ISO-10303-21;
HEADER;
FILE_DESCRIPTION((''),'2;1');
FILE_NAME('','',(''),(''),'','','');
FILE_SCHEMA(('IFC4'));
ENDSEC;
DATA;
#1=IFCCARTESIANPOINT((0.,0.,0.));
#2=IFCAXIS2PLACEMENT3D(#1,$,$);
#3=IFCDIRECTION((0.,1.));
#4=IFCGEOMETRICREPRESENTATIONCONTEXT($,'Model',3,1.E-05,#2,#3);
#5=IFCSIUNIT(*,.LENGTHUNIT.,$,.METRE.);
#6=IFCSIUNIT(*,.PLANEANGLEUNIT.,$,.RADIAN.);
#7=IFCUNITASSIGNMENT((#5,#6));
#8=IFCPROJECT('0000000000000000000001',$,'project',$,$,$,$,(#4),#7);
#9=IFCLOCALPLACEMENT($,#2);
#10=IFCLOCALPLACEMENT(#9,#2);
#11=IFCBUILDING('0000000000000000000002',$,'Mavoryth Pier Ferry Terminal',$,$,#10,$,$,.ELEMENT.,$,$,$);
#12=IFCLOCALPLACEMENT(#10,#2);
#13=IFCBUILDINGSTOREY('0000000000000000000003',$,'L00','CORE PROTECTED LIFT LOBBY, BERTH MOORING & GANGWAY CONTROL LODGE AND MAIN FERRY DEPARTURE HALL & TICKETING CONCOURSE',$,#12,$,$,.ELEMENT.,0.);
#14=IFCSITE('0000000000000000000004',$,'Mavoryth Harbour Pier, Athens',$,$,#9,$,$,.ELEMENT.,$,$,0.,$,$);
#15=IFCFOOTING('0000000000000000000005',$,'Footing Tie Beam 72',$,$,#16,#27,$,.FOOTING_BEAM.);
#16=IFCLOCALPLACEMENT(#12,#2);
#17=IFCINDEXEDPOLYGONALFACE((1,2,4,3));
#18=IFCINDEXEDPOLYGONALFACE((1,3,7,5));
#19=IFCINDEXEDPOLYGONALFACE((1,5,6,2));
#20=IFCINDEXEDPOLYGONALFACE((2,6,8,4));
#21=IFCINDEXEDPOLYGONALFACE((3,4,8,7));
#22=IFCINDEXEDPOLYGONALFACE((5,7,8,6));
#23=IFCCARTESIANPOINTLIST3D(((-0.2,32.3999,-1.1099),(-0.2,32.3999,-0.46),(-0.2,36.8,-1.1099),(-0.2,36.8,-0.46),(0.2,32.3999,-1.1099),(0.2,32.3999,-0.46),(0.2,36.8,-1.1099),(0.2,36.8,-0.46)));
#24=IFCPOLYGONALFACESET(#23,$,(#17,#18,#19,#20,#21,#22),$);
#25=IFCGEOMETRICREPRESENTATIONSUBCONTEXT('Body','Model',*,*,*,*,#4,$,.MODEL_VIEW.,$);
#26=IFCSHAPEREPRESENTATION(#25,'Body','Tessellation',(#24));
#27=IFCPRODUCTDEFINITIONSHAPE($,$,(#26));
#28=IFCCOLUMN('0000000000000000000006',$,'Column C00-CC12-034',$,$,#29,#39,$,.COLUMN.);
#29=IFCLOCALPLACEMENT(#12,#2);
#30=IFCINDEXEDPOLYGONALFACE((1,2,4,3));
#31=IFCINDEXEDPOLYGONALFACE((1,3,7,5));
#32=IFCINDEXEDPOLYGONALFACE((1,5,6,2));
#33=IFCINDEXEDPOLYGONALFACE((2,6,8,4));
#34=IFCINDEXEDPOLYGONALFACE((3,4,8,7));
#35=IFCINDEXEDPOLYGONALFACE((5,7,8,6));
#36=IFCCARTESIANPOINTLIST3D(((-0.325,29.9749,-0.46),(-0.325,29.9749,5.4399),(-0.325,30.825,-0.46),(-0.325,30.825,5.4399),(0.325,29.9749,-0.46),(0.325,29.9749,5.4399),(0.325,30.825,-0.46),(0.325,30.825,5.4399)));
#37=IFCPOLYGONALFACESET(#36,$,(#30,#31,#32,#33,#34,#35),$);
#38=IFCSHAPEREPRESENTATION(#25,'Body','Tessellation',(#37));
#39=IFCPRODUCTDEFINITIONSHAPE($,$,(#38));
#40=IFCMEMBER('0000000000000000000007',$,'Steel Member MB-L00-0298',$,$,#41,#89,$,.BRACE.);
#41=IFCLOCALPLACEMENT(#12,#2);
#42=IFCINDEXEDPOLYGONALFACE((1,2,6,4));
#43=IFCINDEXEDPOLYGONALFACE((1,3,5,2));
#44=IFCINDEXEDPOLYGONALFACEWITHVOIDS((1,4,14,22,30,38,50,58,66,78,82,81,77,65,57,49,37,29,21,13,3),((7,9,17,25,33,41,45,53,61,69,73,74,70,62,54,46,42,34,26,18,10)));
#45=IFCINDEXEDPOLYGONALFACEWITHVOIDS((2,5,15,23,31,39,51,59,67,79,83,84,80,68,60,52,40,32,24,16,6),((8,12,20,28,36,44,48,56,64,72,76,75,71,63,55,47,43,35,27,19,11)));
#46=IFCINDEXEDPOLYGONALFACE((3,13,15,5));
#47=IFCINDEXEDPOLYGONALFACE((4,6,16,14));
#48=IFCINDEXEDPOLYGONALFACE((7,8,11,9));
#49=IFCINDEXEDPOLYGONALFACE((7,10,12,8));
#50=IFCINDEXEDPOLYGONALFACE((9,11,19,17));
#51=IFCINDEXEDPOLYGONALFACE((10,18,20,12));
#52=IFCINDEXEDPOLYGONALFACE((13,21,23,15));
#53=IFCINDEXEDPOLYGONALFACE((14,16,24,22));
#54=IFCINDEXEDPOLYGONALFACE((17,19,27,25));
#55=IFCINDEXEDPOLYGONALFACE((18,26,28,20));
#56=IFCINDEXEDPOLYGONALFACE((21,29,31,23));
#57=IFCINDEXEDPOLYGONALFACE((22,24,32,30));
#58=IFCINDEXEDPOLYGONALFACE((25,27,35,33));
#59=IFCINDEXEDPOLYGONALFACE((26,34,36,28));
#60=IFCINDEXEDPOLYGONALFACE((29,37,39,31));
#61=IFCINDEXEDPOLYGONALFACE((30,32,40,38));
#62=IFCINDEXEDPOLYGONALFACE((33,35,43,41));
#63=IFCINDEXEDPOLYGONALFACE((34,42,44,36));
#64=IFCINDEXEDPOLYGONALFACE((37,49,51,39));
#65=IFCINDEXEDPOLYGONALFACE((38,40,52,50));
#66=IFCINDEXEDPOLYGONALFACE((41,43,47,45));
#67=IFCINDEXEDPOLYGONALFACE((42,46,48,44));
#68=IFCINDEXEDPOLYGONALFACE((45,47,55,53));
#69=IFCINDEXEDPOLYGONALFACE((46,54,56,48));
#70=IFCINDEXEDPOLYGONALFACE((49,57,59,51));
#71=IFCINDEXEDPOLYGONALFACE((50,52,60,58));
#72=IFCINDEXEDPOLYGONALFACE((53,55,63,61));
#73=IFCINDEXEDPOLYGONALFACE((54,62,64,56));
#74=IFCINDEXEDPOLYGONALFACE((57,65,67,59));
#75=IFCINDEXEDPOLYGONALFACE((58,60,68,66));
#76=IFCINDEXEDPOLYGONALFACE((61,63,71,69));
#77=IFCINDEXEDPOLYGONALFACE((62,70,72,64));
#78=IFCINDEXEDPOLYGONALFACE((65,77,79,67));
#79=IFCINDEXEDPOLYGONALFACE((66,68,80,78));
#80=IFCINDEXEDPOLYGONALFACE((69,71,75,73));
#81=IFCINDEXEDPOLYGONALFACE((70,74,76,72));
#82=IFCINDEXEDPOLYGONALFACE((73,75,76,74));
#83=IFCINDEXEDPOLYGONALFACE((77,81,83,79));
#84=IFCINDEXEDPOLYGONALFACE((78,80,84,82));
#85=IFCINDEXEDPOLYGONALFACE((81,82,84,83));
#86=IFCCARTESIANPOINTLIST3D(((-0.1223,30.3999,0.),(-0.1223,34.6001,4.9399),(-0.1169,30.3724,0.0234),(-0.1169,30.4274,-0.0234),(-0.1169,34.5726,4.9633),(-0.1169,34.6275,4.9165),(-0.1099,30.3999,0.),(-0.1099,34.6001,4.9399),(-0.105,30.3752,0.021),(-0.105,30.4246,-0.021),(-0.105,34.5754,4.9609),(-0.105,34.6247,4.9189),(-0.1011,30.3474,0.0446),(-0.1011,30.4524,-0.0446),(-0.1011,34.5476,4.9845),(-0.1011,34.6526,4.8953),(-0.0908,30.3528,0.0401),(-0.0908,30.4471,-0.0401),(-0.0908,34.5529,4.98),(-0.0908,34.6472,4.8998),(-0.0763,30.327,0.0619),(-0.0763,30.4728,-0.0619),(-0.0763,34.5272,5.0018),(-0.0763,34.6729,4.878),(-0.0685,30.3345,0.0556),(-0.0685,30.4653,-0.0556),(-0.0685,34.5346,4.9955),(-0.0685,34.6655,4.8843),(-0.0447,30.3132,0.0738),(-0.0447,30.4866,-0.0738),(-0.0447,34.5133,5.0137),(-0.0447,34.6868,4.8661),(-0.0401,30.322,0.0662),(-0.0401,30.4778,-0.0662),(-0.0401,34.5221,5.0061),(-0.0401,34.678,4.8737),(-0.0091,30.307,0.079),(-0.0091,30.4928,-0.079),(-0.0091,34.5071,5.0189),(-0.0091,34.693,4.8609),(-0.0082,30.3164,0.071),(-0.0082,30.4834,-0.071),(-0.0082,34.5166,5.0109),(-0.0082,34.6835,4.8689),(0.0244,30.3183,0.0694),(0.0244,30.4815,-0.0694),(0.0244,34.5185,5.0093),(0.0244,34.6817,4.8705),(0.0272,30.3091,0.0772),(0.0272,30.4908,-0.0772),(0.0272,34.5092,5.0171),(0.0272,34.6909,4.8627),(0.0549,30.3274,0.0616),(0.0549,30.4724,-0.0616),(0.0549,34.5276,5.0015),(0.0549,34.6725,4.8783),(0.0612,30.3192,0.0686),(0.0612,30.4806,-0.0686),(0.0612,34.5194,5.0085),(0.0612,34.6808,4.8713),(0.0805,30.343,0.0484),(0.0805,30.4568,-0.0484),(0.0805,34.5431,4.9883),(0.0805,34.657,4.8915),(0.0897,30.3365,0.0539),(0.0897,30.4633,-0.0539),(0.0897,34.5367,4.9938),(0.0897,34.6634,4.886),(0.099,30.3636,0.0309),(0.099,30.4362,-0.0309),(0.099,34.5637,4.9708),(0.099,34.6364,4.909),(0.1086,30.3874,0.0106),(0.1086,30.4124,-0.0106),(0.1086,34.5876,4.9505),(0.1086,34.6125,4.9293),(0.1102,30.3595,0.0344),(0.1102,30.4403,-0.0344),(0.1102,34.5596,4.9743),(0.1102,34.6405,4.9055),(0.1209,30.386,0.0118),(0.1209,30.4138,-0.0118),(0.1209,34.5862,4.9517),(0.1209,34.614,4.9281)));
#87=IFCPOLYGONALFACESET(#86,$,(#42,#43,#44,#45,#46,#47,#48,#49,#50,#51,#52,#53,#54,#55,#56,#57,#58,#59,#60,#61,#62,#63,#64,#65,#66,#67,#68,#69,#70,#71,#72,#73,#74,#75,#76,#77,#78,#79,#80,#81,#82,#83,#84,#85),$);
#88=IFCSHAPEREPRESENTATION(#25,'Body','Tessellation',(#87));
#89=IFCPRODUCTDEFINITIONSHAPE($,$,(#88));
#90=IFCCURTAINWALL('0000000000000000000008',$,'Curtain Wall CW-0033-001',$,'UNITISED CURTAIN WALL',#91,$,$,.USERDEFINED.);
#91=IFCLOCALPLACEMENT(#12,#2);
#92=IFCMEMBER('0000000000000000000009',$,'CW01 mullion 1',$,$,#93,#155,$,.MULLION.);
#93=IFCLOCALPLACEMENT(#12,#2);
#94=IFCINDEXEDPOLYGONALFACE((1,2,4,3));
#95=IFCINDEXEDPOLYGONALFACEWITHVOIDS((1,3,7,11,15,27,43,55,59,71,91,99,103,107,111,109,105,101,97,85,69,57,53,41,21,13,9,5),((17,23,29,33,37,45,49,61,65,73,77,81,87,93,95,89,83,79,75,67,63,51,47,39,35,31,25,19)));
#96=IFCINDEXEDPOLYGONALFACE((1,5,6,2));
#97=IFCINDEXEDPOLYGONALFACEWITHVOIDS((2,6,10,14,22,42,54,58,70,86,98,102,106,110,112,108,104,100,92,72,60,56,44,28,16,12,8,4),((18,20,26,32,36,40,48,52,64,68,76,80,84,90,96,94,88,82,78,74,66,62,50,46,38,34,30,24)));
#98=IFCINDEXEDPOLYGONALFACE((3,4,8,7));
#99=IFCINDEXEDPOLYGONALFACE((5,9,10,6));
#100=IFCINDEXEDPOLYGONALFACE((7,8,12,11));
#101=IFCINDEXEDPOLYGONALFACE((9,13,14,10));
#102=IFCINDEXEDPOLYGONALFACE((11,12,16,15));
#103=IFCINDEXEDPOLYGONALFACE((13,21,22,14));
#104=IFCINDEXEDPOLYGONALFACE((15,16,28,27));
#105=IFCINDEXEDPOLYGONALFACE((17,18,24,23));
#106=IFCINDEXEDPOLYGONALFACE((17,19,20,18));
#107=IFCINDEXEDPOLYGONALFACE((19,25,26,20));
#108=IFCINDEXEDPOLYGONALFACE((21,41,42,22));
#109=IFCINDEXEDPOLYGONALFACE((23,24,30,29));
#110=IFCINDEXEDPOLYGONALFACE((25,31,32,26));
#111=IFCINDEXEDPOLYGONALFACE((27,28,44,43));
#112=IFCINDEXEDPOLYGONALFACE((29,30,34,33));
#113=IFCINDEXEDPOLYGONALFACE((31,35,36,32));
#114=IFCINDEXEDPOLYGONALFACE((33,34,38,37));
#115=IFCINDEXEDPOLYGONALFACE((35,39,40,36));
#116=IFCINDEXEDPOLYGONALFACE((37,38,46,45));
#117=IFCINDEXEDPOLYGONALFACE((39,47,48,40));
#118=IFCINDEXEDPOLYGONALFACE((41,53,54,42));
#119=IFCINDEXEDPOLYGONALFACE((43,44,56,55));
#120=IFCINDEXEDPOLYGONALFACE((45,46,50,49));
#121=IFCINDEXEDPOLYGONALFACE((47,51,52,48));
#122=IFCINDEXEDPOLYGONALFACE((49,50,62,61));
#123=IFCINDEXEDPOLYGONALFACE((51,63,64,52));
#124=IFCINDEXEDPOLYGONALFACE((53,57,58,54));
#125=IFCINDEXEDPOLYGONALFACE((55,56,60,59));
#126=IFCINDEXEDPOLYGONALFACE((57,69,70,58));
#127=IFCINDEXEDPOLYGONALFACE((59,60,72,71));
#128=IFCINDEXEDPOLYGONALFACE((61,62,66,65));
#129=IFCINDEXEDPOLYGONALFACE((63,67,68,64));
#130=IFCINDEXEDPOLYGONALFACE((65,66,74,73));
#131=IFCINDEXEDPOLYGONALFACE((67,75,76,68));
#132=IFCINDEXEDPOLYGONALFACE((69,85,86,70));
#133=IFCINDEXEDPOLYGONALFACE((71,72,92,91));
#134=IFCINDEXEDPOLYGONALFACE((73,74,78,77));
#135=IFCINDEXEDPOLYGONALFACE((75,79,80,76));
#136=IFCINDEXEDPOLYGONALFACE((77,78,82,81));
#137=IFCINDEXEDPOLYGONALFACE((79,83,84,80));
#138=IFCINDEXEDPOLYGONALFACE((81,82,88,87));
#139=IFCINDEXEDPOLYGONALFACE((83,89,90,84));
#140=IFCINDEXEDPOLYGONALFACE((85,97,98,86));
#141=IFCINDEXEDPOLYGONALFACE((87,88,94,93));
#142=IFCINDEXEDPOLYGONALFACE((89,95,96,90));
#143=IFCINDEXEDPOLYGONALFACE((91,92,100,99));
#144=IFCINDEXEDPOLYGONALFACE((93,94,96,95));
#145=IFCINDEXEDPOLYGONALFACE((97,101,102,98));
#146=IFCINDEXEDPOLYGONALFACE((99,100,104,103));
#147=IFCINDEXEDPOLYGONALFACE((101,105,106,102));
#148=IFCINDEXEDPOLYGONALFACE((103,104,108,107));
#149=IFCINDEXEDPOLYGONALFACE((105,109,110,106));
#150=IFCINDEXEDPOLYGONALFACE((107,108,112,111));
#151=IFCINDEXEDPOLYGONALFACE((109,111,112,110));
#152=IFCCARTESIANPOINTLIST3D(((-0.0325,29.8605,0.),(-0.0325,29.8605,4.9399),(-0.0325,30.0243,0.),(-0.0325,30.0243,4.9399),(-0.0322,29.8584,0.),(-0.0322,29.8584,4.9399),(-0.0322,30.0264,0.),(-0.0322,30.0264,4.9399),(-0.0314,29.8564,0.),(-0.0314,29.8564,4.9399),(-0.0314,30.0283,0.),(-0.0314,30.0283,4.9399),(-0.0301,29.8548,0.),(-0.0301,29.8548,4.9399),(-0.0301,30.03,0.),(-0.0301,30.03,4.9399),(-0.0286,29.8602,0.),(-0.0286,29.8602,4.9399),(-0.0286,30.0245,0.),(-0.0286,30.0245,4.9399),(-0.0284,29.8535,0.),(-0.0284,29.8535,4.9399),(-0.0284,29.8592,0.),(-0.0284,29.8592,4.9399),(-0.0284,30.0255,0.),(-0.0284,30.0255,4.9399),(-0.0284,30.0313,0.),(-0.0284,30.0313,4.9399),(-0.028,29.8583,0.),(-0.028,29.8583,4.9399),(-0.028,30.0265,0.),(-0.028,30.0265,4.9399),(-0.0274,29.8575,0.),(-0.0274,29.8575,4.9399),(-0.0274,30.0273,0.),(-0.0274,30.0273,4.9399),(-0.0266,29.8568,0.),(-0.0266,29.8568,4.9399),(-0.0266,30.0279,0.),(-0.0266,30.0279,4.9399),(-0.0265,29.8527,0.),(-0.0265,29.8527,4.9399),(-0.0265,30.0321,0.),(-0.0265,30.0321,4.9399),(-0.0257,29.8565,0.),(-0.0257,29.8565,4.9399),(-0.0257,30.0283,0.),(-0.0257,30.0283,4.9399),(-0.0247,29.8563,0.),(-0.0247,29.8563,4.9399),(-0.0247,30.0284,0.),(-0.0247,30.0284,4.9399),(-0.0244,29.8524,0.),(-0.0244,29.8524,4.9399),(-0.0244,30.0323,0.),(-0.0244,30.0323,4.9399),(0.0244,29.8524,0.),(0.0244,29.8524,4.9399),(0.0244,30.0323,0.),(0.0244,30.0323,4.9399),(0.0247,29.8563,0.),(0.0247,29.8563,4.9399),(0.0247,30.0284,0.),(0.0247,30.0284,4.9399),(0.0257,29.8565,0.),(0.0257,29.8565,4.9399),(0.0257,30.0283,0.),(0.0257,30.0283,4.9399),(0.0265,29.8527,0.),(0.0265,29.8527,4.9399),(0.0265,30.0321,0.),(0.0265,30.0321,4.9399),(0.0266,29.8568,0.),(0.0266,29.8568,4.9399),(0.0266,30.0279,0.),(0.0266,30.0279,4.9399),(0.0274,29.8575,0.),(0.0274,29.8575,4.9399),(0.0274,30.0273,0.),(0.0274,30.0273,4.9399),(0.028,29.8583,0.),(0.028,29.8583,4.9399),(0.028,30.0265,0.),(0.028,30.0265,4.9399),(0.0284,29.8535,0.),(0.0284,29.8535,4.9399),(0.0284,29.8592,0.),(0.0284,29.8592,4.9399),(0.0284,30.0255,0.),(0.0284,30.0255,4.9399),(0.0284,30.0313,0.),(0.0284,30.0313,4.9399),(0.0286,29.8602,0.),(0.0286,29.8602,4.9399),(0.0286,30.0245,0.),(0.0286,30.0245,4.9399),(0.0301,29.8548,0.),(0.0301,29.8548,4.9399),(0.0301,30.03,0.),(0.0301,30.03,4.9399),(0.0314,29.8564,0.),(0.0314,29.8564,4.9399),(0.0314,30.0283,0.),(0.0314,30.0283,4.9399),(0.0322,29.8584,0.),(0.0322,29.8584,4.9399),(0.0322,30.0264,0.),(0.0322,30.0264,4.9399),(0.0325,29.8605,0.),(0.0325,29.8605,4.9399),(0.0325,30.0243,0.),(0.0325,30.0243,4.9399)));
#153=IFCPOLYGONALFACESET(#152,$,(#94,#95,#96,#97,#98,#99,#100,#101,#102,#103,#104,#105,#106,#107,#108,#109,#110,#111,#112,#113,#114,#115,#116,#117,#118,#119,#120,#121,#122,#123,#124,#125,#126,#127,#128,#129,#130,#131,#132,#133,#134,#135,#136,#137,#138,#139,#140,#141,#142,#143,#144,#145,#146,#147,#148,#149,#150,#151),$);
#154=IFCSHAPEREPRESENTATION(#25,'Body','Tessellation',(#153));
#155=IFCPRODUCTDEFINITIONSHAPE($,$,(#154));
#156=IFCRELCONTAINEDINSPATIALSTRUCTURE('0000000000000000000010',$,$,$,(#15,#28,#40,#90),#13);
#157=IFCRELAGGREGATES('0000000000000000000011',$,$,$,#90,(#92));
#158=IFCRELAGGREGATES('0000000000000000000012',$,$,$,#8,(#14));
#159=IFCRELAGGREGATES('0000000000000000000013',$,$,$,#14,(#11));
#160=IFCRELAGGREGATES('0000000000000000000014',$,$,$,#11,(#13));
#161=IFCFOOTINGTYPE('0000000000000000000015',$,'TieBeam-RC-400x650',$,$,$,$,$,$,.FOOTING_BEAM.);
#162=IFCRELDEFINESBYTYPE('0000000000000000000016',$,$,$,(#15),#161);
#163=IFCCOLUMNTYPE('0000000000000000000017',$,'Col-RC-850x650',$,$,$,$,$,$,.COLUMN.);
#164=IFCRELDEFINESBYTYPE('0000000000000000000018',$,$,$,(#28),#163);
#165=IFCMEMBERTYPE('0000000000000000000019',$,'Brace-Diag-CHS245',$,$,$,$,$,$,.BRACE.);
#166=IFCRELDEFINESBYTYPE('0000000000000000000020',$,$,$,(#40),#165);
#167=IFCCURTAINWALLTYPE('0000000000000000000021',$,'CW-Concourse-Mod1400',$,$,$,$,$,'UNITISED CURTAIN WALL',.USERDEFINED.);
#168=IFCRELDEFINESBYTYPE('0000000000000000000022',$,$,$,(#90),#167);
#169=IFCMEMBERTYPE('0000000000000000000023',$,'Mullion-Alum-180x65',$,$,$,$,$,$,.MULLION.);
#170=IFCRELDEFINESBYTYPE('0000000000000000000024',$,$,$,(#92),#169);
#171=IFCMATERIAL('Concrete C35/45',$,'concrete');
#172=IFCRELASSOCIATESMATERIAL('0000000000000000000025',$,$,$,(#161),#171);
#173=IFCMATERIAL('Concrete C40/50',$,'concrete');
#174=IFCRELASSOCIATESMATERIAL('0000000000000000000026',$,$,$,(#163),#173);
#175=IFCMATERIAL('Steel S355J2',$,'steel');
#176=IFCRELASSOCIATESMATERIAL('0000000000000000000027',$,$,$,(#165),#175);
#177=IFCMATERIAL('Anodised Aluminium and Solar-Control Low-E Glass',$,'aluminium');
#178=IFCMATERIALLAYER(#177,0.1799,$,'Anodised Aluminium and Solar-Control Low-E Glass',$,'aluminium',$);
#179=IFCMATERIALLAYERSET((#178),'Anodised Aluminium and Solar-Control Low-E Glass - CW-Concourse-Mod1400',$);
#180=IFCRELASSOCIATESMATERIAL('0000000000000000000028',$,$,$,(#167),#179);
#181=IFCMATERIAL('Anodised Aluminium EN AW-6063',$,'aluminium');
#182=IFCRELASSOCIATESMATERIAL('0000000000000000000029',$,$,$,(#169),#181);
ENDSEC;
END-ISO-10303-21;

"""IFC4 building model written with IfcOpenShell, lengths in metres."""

from ifc_helpers import new_model, si_unit, direction, frame, origin, origin_2d, place, context, subcontext, project, spatial, rectangle, hollow_rectangle, hollow_circle, extrude, material, layer, layer_set, material_profile, profile_set, type_object, element, aggregate, save


model = new_model("IFC4")

# Units and contexts
model_context = context("Model", 3, precision=1e-05, world=origin(), true_north=direction((0.0, 1.0)))
body_context = subcontext(model_context, "Body", "Model", "MODEL_VIEW")
ifc_project = project(units=[si_unit("LENGTHUNIT", "METRE"), si_unit("PLANEANGLEUNIT", "RADIAN")], contexts=[model_context])

# Site, building, storey
site_placement = place(None, origin())
site = spatial("IfcSite", under=ifc_project, at=site_placement, Name="Mavoryth Harbour Pier, Athens", CompositionType="ELEMENT", RefElevation=0.0)
building_placement = place(site_placement, origin())
building = spatial("IfcBuilding", under=site, at=building_placement, Name="Mavoryth Pier Ferry Terminal", CompositionType="ELEMENT")
storey_placement = place(building_placement, origin())
storey = spatial("IfcBuildingStorey", under=building, at=storey_placement, Name="L00", Description="CORE PROTECTED LIFT LOBBY, BERTH MOORING & GANGWAY CONTROL LODGE AND MAIN FERRY DEPARTURE HALL & TICKETING CONCOURSE", CompositionType="ELEMENT", Elevation=0.0)

# Shared definitions
ifc_material_1 = material(Name="Concrete C35/45", Category="concrete")

# Footing
ifc_material_profile_1 = material_profile(ifc_material_1, rectangle(XDim=0.3999, YDim=0.6499, at=origin_2d()), Name="RC 400x650", Category="concrete")
ifc_profile_set_1 = profile_set([ifc_material_profile_1], Name="Concrete C35/45 - RC 400x650")
footing_type_1 = type_object("IfcFootingType", Name="TieBeam-RC-400x650", PredefinedType="FOOTING_BEAM", material=ifc_profile_set_1)
footing_1_placement = place(storey_placement, frame((0.0, 32.3999, -0.7849), z_axis=(0.0, 1.0, 0.0), x_axis=(-1.0, 0.0, 0.0)))
element("IfcFooting", 1, at=footing_1_placement, inside=storey, type_object=footing_type_1, Name="Footing Tie Beam 72", PredefinedType="FOOTING_BEAM", context=body_context, shape_type="SweptSolid", body=[
    extrude(rectangle(XDim=0.3999, YDim=0.6499, at=origin_2d()), origin(), (0.0, 0.0, 1.0), 4.4001),
])

# Column
ifc_material_2 = material(Name="Concrete C40/50", Category="concrete")
ifc_material_profile_2 = material_profile(ifc_material_2, rectangle(XDim=0.6499, YDim=0.8501, at=origin_2d()), Name="RC 850x650", Category="concrete")
ifc_profile_set_2 = profile_set([ifc_material_profile_2], Name="Concrete C40/50 - RC 850x650")
column_type = type_object("IfcColumnType", Name="Col-RC-850x650", PredefinedType="COLUMN", material=ifc_profile_set_2)
column_placement = place(storey_placement, frame((0.0, 30.3999, -0.46), z_axis=(0.0, 0.0, 1.0), x_axis=(1.0, 0.0, 0.0)))
element("IfcColumn", 2, at=column_placement, inside=storey, type_object=column_type, Name="Column C00-CC12-034", PredefinedType="COLUMN", context=body_context, shape_type="SweptSolid", body=[
    extrude(rectangle(XDim=0.6499, YDim=0.8501, at=origin_2d()), origin(), (0.0, 0.0, 1.0), 5.8999),
])

# Member
ifc_material_3 = material(Name="Steel S355J2", Category="steel")
ifc_material_profile_3 = material_profile(ifc_material_3, hollow_circle(Radius=0.1223, WallThickness=0.0125, at=origin_2d()), Name="CHS 244.5x12.5", Category="steel")
ifc_profile_set_3 = profile_set([ifc_material_profile_3], Name="Steel S355J2 - CHS 244.5x12.5")
member_type_1 = type_object("IfcMemberType", Name="Brace-Diag-CHS245", PredefinedType="BRACE", material=ifc_profile_set_3)
member_1_placement = place(storey_placement, frame((0.0, 30.3999, 0.0), z_axis=(0.0, 0.64776, 0.761845), x_axis=(-1.0, 0.0, 0.0)))
element("IfcMember", 3, at=member_1_placement, inside=storey, type_object=member_type_1, Name="Steel Member MB-L00-0298", PredefinedType="BRACE", context=body_context, shape_type="SweptSolid", body=[
    extrude(hollow_circle(Radius=0.1223, WallThickness=0.0125, at=origin_2d()), origin(), (0.0, 0.0, 1.0), 6.4841),
])

# Curtain wall, member
ifc_material_4 = material(Name="Anodised Aluminium and Solar-Control Low-E Glass", Category="aluminium")
ifc_layer_1 = layer(ifc_material_4, 0.1799, Name="Anodised Aluminium and Solar-Control Low-E Glass", Category="aluminium")
ifc_layer_set_1 = layer_set([ifc_layer_1], Name="Anodised Aluminium and Solar-Control Low-E Glass - CW-Concourse-Mod1400")
curtain_wall_type = type_object("IfcCurtainWallType", Name="CW-Concourse-Mod1400", ElementType="UNITISED CURTAIN WALL", PredefinedType="USERDEFINED", material=ifc_layer_set_1)
curtain_wall_placement = place(storey_placement, origin())
curtain_wall = element("IfcCurtainWall", 4, at=curtain_wall_placement, inside=storey, type_object=curtain_wall_type, Name="Curtain Wall CW-0033-001", ObjectType="UNITISED CURTAIN WALL", PredefinedType="USERDEFINED")
ifc_material_5 = material(Name="Anodised Aluminium EN AW-6063", Category="aluminium")
ifc_material_profile_4 = material_profile(ifc_material_5, hollow_rectangle(XDim=0.0649, YDim=0.1799, WallThickness=0.0039, InnerFilletRadius=0.0039, OuterFilletRadius=0.0081, at=origin_2d()), Name="AL-MULL 180x65x4", Category="aluminium")
ifc_profile_set_4 = profile_set([ifc_material_profile_4], Name="Anodised Aluminium EN AW-6063 - AL-MULL 180x65x4")
member_type_2 = type_object("IfcMemberType", Name="Mullion-Alum-180x65", PredefinedType="MULLION", material=ifc_profile_set_4)
member_2_placement = place(storey_placement, frame((0.0, 29.9424, 0.0), z_axis=(0.0, 0.0, 1.0), x_axis=(1.0, 0.0, 0.0)))
member_2 = element("IfcMember", 5, at=member_2_placement, type_object=member_type_2, Name="CW01 mullion 1", PredefinedType="MULLION", context=body_context, shape_type="SweptSolid", body=[
    extrude(hollow_rectangle(XDim=0.0649, YDim=0.1799, WallThickness=0.0039, InnerFilletRadius=0.0039, OuterFilletRadius=0.0081, at=origin_2d()), origin(), (0.0, 0.0, 1.0), 4.9399),
])
aggregate(curtain_wall, [member_2])

save(model, "model.ifc")
